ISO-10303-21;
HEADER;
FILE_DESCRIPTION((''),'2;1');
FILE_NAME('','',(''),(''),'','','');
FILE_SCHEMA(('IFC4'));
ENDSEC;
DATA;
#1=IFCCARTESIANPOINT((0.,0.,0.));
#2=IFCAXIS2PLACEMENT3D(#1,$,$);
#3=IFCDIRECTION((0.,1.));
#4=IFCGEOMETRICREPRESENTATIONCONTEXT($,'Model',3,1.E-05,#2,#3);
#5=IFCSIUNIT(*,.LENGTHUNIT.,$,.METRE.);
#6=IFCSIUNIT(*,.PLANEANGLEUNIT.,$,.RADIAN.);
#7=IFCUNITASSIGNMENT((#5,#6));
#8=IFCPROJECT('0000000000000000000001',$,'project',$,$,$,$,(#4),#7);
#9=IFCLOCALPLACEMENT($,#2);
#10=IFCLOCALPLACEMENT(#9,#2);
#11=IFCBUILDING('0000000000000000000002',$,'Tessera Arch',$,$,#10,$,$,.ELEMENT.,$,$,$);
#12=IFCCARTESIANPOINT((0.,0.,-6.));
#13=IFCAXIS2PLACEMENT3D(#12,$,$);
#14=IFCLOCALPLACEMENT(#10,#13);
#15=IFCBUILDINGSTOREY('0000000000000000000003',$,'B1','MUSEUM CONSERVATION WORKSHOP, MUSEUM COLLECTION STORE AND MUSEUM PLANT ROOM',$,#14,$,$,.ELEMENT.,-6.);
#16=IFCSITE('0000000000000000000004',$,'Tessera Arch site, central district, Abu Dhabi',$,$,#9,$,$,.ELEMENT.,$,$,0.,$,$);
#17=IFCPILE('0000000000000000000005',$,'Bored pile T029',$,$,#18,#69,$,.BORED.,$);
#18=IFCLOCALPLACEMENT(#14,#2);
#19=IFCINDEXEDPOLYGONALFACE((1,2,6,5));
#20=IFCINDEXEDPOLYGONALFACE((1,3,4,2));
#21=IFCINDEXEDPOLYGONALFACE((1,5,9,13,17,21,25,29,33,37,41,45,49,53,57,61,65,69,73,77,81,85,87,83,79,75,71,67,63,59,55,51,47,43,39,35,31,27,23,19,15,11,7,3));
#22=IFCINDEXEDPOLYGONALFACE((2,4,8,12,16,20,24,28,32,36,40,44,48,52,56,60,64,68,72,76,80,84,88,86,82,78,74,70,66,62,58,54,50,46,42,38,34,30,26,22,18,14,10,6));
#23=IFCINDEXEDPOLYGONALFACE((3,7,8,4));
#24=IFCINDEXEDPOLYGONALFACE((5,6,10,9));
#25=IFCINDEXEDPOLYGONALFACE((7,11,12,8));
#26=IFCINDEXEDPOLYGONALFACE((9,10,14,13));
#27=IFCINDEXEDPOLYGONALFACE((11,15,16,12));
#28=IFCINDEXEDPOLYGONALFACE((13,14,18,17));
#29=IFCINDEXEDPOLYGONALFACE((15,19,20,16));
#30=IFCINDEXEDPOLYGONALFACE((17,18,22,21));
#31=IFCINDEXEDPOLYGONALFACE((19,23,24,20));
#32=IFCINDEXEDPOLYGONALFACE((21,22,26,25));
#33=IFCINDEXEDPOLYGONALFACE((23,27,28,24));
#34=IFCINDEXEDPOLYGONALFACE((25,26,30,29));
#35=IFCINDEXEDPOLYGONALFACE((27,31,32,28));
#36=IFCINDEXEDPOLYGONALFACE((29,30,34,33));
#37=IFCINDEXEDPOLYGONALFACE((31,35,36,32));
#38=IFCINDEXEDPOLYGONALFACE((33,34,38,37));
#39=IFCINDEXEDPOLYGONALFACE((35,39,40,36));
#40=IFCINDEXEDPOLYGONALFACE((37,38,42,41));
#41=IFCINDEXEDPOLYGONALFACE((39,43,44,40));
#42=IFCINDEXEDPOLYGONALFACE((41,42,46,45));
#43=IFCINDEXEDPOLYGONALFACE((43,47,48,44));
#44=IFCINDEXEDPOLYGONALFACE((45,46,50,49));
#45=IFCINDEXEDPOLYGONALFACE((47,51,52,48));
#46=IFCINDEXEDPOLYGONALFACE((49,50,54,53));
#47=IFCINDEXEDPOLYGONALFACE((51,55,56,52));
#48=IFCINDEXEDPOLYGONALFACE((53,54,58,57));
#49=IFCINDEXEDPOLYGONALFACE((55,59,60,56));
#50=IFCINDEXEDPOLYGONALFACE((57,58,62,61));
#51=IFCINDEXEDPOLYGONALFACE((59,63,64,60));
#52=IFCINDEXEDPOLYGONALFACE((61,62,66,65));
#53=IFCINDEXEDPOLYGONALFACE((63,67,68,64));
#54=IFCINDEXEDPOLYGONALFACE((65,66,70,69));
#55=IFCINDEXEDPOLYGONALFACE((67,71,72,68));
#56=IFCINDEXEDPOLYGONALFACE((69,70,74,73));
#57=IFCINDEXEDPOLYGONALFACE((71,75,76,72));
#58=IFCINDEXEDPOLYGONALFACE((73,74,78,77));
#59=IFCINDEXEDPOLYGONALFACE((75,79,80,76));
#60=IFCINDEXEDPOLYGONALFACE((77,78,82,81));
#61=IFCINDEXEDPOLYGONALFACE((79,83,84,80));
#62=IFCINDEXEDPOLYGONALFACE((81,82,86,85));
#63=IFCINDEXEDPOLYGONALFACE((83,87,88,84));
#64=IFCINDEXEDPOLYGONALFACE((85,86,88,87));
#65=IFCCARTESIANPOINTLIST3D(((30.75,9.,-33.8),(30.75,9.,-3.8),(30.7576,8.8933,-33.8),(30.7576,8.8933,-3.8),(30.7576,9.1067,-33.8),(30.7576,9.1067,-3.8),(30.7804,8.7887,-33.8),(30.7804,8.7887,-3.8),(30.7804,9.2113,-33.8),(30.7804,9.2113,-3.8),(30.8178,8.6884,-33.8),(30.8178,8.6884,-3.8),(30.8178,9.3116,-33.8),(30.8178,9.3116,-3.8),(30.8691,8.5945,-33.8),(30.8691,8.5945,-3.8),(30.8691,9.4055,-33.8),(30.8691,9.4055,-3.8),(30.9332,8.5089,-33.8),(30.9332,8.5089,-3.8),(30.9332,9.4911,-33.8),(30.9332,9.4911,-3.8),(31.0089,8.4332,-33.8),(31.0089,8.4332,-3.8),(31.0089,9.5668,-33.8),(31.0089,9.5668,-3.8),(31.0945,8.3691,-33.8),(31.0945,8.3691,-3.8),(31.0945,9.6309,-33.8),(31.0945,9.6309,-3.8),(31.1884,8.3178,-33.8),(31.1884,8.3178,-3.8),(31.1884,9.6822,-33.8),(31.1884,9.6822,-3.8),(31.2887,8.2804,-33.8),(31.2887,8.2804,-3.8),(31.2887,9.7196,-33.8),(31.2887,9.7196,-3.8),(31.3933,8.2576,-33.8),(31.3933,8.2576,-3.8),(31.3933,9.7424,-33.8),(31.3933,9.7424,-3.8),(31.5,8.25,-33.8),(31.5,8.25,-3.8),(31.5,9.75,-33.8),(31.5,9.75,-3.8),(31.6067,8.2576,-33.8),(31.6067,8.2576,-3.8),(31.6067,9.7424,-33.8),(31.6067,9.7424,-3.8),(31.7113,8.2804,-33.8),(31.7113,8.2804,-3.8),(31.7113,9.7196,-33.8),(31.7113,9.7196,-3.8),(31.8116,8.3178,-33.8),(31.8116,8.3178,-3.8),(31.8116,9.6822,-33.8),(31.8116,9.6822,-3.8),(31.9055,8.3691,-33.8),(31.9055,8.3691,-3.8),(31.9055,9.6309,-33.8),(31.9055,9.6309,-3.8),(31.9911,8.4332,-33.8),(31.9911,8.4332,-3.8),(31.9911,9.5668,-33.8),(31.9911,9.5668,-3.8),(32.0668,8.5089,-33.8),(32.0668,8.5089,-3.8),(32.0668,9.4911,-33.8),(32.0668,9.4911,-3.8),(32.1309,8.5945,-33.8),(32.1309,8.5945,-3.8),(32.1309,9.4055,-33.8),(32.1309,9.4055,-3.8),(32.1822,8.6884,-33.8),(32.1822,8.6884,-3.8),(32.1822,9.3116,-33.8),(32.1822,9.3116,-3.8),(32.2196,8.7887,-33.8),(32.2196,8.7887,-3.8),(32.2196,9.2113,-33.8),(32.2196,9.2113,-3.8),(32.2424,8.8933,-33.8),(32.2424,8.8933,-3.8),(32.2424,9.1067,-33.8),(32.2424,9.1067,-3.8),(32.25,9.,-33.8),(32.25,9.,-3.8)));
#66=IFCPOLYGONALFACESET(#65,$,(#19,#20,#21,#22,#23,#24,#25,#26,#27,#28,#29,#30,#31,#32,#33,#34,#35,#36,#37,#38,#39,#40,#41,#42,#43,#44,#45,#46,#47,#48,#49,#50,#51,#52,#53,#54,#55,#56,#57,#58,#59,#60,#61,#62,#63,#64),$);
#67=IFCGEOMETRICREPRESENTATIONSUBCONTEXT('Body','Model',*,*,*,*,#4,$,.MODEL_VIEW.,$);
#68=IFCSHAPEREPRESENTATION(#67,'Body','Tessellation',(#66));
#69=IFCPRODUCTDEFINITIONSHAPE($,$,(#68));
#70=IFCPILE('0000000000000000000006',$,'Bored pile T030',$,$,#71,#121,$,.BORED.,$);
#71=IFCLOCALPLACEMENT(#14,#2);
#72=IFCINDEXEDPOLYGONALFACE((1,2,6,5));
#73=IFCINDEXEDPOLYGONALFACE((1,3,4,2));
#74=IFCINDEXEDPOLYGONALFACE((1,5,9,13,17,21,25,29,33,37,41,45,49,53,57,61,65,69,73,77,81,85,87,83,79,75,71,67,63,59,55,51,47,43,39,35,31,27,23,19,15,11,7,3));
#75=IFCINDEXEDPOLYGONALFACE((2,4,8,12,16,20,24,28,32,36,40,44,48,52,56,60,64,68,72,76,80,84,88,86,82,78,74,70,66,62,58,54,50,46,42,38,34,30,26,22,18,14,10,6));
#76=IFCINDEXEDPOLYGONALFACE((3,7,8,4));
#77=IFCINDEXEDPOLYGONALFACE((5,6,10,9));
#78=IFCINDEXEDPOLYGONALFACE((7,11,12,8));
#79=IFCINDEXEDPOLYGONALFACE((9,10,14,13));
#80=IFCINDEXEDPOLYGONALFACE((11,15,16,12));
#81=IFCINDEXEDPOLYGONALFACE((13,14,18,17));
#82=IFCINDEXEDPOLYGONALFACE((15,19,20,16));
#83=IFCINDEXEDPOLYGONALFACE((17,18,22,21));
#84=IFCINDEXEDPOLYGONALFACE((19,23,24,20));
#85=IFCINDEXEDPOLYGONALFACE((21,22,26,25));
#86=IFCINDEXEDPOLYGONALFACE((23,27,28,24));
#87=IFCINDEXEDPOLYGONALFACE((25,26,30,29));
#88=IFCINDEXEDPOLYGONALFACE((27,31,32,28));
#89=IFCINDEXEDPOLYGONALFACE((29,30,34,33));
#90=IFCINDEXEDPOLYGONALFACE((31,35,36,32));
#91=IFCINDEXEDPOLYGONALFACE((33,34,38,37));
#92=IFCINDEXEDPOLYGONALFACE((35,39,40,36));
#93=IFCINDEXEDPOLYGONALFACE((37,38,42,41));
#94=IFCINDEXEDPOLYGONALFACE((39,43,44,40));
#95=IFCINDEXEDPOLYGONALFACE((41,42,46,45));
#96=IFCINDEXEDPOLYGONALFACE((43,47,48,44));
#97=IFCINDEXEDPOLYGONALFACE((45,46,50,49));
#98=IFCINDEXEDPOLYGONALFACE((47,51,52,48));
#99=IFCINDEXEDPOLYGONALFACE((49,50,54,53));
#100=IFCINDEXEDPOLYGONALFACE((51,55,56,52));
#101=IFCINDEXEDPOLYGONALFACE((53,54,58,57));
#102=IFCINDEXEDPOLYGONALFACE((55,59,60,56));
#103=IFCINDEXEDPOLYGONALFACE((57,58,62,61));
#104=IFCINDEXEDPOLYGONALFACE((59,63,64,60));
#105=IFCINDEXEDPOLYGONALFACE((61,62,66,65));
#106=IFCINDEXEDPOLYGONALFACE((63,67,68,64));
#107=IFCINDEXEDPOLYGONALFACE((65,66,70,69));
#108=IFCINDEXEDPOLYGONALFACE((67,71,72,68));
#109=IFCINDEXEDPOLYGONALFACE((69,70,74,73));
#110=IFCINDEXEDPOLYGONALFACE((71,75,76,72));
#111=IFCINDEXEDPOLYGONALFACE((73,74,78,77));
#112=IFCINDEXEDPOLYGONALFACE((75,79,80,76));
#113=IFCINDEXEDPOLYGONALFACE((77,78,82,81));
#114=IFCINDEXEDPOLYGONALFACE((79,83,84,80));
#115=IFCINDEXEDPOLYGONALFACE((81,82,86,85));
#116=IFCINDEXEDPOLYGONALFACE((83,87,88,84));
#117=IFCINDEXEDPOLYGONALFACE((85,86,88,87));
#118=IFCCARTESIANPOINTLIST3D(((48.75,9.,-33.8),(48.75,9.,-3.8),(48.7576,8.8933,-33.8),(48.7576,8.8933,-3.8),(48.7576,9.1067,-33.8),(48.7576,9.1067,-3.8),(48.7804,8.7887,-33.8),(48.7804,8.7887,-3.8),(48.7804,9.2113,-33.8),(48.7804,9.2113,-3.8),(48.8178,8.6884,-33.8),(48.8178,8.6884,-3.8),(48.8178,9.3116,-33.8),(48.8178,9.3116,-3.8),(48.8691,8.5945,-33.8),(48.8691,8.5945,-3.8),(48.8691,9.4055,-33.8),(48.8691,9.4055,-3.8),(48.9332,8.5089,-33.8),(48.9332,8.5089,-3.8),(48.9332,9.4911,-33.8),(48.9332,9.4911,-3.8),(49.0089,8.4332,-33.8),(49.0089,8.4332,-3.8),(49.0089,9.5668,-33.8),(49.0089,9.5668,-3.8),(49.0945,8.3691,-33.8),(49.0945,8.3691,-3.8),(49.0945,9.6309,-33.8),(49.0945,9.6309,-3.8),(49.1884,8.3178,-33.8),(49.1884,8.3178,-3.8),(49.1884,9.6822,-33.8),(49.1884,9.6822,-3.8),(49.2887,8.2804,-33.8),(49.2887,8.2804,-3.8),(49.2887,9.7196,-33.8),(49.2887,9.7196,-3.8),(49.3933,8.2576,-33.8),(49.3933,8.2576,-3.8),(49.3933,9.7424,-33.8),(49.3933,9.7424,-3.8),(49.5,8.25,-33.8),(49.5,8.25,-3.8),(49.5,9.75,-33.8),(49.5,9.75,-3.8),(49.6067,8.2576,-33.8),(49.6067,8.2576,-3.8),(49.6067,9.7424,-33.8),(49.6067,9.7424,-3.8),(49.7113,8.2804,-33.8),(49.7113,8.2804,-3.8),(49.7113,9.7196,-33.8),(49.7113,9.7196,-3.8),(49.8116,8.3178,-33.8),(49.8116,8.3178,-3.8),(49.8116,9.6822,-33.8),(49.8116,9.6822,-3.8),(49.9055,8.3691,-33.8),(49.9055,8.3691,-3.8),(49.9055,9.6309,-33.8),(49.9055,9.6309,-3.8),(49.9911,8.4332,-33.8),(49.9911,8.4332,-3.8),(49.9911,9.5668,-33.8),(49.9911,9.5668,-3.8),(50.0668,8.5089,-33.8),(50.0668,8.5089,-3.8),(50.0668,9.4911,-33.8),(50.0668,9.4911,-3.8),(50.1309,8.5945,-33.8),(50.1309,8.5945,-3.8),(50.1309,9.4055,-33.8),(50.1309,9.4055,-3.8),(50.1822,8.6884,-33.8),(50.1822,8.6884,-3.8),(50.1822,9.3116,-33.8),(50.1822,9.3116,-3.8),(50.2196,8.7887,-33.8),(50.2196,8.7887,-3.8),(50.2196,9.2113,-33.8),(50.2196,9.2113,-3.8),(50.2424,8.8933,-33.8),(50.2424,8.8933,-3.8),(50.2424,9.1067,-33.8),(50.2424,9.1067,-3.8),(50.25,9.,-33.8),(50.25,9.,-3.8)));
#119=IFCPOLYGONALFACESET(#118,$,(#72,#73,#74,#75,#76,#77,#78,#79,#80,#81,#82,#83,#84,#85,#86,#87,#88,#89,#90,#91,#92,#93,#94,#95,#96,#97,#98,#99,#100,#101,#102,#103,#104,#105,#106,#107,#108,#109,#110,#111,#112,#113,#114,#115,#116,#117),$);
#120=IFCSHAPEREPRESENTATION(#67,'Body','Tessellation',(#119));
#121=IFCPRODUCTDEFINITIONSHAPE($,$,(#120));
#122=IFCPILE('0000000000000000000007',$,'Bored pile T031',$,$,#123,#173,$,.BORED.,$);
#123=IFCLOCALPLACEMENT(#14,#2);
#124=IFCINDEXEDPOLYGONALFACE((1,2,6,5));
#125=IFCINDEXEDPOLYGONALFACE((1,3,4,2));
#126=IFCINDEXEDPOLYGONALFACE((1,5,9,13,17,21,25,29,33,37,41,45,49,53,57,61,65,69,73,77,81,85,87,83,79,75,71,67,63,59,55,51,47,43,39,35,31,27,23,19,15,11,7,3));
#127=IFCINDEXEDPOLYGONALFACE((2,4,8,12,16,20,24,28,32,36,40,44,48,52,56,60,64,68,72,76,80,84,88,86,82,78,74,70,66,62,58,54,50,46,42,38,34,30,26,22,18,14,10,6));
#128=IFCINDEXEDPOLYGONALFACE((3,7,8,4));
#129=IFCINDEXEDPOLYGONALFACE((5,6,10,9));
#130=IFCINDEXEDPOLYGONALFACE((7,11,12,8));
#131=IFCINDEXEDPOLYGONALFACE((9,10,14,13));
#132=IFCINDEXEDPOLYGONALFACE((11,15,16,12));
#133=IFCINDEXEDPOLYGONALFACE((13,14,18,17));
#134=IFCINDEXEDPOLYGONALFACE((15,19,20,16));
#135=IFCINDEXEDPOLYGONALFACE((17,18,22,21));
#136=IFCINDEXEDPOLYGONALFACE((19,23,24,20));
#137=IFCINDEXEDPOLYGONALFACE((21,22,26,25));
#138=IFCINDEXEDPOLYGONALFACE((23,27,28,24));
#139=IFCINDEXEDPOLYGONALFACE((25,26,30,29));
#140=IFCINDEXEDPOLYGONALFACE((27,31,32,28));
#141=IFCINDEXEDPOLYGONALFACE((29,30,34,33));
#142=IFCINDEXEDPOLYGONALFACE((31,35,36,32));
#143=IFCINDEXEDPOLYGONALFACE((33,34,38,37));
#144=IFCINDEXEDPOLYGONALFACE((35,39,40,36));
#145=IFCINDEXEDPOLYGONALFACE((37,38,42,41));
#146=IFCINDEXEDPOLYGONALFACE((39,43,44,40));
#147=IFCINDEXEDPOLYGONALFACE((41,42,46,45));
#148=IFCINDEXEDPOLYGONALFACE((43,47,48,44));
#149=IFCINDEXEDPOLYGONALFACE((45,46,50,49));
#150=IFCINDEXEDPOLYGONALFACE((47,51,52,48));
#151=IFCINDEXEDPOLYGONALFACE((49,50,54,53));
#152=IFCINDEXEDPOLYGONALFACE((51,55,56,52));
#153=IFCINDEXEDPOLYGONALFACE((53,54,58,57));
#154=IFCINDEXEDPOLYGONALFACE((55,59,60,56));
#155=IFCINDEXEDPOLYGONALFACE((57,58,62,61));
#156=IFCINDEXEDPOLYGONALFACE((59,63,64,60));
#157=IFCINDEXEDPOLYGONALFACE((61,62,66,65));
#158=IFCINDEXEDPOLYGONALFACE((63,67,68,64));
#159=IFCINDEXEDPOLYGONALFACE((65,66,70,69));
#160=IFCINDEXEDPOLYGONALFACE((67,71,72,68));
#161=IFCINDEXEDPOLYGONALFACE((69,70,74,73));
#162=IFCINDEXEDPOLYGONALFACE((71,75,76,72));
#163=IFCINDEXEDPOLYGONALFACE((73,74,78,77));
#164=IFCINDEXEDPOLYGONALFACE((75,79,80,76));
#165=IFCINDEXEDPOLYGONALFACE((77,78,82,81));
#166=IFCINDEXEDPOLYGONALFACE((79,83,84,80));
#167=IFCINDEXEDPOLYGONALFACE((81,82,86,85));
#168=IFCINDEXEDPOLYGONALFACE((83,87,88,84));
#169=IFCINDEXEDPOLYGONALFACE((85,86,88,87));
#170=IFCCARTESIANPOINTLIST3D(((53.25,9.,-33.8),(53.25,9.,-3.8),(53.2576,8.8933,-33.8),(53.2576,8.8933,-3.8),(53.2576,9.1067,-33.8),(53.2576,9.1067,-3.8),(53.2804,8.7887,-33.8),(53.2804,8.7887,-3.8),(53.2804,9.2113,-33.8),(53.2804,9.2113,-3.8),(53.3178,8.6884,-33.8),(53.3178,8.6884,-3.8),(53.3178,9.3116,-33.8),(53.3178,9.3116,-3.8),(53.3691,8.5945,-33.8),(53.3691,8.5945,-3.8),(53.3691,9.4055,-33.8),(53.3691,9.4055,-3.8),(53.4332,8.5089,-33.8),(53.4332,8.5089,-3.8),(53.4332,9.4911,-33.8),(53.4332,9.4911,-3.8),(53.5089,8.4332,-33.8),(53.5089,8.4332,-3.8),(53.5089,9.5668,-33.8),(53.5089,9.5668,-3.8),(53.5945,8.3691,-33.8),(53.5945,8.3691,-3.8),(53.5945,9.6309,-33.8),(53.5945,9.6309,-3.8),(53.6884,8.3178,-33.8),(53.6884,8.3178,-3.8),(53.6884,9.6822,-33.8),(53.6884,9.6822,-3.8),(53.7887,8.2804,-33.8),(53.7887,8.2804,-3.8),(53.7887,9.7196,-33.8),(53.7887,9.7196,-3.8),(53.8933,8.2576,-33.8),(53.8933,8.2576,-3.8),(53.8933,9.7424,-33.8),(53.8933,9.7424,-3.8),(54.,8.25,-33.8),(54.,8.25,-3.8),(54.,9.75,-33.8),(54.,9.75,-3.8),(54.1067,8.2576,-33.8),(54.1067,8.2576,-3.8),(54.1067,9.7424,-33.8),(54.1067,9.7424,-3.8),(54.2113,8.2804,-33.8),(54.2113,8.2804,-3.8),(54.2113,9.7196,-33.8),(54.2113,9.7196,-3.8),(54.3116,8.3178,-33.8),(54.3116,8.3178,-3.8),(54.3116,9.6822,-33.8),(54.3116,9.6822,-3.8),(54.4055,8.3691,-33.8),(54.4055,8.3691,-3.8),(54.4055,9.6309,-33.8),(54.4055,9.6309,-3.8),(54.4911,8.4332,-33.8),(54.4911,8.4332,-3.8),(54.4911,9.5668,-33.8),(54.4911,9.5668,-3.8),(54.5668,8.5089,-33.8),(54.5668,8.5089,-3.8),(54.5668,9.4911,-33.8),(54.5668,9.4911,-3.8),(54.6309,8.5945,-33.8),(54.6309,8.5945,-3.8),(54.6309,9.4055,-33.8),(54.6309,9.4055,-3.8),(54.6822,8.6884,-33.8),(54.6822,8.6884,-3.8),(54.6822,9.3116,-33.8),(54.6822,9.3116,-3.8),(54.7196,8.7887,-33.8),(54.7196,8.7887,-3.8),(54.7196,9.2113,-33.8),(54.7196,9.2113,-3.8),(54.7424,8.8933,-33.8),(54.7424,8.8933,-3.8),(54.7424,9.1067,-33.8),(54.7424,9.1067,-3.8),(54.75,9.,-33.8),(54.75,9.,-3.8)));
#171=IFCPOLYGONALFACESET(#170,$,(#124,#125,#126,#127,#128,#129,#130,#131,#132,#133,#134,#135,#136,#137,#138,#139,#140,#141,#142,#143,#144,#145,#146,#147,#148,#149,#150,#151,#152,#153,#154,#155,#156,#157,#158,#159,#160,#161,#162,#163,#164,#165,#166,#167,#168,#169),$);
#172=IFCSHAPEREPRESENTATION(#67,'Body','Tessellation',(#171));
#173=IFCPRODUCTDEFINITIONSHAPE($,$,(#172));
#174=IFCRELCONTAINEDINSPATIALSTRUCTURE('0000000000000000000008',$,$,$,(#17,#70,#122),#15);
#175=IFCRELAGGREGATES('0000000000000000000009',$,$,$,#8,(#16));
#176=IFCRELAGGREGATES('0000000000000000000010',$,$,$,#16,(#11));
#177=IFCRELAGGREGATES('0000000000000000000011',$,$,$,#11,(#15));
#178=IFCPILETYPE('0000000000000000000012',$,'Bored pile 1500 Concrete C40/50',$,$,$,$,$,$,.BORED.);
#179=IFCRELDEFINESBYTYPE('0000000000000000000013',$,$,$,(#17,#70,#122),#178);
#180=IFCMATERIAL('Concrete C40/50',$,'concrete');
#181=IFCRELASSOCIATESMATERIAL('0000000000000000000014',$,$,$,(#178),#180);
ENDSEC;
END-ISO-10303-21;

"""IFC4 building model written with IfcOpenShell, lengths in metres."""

from ifc_helpers import new_model, si_unit, direction, frame, origin, origin_2d, place, context, subcontext, project, spatial, circle, extrude, material, type_object, element, save


model = new_model("IFC4")

# Units and contexts
model_context = context("Model", 3, precision=1e-05, world=origin(), true_north=direction((0.0, 1.0)))
body_context = subcontext(model_context, "Body", "Model", "MODEL_VIEW")
ifc_project = project(units=[si_unit("LENGTHUNIT", "METRE"), si_unit("PLANEANGLEUNIT", "RADIAN")], contexts=[model_context])

# Site, building, storey
site_placement = place(None, origin())
site = spatial("IfcSite", under=ifc_project, at=site_placement, Name="Tessera Arch site, central district, Abu Dhabi", CompositionType="ELEMENT", RefElevation=0.0)
building_placement = place(site_placement, origin())
building = spatial("IfcBuilding", under=site, at=building_placement, Name="Tessera Arch", CompositionType="ELEMENT")
storey_placement = place(building_placement, frame((0.0, 0.0, -6.0)))
storey = spatial("IfcBuildingStorey", under=building, at=storey_placement, Name="B1", Description="MUSEUM CONSERVATION WORKSHOP, MUSEUM COLLECTION STORE AND MUSEUM PLANT ROOM", CompositionType="ELEMENT", Elevation=-6.0)

# Piles
ifc_material_1 = material(Name="Concrete C40/50", Category="concrete")
pile_type = type_object("IfcPileType", Name="Bored pile 1500 Concrete C40/50", PredefinedType="BORED", material=ifc_material_1)
for number, where, z_axis, x_axis, name in (
    (1, (31.5, 9.0, -3.8), (0.0, 0.0, -1.0), (1.0, 0.0, 0.0), "Bored pile T029"),
    (2, (49.5, 9.0, -3.8), (0.0, 0.0, -1.0), (1.0, 0.0, 0.0), "Bored pile T030"),
    (3, (54.0, 9.0, -3.8), (0.0, 0.0, -1.0), (1.0, 0.0, 0.0), "Bored pile T031"),
):
    element("IfcPile", number, at=place(storey_placement, frame(where, z_axis=z_axis, x_axis=x_axis)), inside=storey, type_object=pile_type, Name=name, PredefinedType="BORED", context=body_context, shape_type="SweptSolid", body=[
        extrude(circle(Radius=0.75, at=origin_2d()), origin(), (0.0, 0.0, 1.0), 30.0),
    ])

save(model, "model.ifc")
